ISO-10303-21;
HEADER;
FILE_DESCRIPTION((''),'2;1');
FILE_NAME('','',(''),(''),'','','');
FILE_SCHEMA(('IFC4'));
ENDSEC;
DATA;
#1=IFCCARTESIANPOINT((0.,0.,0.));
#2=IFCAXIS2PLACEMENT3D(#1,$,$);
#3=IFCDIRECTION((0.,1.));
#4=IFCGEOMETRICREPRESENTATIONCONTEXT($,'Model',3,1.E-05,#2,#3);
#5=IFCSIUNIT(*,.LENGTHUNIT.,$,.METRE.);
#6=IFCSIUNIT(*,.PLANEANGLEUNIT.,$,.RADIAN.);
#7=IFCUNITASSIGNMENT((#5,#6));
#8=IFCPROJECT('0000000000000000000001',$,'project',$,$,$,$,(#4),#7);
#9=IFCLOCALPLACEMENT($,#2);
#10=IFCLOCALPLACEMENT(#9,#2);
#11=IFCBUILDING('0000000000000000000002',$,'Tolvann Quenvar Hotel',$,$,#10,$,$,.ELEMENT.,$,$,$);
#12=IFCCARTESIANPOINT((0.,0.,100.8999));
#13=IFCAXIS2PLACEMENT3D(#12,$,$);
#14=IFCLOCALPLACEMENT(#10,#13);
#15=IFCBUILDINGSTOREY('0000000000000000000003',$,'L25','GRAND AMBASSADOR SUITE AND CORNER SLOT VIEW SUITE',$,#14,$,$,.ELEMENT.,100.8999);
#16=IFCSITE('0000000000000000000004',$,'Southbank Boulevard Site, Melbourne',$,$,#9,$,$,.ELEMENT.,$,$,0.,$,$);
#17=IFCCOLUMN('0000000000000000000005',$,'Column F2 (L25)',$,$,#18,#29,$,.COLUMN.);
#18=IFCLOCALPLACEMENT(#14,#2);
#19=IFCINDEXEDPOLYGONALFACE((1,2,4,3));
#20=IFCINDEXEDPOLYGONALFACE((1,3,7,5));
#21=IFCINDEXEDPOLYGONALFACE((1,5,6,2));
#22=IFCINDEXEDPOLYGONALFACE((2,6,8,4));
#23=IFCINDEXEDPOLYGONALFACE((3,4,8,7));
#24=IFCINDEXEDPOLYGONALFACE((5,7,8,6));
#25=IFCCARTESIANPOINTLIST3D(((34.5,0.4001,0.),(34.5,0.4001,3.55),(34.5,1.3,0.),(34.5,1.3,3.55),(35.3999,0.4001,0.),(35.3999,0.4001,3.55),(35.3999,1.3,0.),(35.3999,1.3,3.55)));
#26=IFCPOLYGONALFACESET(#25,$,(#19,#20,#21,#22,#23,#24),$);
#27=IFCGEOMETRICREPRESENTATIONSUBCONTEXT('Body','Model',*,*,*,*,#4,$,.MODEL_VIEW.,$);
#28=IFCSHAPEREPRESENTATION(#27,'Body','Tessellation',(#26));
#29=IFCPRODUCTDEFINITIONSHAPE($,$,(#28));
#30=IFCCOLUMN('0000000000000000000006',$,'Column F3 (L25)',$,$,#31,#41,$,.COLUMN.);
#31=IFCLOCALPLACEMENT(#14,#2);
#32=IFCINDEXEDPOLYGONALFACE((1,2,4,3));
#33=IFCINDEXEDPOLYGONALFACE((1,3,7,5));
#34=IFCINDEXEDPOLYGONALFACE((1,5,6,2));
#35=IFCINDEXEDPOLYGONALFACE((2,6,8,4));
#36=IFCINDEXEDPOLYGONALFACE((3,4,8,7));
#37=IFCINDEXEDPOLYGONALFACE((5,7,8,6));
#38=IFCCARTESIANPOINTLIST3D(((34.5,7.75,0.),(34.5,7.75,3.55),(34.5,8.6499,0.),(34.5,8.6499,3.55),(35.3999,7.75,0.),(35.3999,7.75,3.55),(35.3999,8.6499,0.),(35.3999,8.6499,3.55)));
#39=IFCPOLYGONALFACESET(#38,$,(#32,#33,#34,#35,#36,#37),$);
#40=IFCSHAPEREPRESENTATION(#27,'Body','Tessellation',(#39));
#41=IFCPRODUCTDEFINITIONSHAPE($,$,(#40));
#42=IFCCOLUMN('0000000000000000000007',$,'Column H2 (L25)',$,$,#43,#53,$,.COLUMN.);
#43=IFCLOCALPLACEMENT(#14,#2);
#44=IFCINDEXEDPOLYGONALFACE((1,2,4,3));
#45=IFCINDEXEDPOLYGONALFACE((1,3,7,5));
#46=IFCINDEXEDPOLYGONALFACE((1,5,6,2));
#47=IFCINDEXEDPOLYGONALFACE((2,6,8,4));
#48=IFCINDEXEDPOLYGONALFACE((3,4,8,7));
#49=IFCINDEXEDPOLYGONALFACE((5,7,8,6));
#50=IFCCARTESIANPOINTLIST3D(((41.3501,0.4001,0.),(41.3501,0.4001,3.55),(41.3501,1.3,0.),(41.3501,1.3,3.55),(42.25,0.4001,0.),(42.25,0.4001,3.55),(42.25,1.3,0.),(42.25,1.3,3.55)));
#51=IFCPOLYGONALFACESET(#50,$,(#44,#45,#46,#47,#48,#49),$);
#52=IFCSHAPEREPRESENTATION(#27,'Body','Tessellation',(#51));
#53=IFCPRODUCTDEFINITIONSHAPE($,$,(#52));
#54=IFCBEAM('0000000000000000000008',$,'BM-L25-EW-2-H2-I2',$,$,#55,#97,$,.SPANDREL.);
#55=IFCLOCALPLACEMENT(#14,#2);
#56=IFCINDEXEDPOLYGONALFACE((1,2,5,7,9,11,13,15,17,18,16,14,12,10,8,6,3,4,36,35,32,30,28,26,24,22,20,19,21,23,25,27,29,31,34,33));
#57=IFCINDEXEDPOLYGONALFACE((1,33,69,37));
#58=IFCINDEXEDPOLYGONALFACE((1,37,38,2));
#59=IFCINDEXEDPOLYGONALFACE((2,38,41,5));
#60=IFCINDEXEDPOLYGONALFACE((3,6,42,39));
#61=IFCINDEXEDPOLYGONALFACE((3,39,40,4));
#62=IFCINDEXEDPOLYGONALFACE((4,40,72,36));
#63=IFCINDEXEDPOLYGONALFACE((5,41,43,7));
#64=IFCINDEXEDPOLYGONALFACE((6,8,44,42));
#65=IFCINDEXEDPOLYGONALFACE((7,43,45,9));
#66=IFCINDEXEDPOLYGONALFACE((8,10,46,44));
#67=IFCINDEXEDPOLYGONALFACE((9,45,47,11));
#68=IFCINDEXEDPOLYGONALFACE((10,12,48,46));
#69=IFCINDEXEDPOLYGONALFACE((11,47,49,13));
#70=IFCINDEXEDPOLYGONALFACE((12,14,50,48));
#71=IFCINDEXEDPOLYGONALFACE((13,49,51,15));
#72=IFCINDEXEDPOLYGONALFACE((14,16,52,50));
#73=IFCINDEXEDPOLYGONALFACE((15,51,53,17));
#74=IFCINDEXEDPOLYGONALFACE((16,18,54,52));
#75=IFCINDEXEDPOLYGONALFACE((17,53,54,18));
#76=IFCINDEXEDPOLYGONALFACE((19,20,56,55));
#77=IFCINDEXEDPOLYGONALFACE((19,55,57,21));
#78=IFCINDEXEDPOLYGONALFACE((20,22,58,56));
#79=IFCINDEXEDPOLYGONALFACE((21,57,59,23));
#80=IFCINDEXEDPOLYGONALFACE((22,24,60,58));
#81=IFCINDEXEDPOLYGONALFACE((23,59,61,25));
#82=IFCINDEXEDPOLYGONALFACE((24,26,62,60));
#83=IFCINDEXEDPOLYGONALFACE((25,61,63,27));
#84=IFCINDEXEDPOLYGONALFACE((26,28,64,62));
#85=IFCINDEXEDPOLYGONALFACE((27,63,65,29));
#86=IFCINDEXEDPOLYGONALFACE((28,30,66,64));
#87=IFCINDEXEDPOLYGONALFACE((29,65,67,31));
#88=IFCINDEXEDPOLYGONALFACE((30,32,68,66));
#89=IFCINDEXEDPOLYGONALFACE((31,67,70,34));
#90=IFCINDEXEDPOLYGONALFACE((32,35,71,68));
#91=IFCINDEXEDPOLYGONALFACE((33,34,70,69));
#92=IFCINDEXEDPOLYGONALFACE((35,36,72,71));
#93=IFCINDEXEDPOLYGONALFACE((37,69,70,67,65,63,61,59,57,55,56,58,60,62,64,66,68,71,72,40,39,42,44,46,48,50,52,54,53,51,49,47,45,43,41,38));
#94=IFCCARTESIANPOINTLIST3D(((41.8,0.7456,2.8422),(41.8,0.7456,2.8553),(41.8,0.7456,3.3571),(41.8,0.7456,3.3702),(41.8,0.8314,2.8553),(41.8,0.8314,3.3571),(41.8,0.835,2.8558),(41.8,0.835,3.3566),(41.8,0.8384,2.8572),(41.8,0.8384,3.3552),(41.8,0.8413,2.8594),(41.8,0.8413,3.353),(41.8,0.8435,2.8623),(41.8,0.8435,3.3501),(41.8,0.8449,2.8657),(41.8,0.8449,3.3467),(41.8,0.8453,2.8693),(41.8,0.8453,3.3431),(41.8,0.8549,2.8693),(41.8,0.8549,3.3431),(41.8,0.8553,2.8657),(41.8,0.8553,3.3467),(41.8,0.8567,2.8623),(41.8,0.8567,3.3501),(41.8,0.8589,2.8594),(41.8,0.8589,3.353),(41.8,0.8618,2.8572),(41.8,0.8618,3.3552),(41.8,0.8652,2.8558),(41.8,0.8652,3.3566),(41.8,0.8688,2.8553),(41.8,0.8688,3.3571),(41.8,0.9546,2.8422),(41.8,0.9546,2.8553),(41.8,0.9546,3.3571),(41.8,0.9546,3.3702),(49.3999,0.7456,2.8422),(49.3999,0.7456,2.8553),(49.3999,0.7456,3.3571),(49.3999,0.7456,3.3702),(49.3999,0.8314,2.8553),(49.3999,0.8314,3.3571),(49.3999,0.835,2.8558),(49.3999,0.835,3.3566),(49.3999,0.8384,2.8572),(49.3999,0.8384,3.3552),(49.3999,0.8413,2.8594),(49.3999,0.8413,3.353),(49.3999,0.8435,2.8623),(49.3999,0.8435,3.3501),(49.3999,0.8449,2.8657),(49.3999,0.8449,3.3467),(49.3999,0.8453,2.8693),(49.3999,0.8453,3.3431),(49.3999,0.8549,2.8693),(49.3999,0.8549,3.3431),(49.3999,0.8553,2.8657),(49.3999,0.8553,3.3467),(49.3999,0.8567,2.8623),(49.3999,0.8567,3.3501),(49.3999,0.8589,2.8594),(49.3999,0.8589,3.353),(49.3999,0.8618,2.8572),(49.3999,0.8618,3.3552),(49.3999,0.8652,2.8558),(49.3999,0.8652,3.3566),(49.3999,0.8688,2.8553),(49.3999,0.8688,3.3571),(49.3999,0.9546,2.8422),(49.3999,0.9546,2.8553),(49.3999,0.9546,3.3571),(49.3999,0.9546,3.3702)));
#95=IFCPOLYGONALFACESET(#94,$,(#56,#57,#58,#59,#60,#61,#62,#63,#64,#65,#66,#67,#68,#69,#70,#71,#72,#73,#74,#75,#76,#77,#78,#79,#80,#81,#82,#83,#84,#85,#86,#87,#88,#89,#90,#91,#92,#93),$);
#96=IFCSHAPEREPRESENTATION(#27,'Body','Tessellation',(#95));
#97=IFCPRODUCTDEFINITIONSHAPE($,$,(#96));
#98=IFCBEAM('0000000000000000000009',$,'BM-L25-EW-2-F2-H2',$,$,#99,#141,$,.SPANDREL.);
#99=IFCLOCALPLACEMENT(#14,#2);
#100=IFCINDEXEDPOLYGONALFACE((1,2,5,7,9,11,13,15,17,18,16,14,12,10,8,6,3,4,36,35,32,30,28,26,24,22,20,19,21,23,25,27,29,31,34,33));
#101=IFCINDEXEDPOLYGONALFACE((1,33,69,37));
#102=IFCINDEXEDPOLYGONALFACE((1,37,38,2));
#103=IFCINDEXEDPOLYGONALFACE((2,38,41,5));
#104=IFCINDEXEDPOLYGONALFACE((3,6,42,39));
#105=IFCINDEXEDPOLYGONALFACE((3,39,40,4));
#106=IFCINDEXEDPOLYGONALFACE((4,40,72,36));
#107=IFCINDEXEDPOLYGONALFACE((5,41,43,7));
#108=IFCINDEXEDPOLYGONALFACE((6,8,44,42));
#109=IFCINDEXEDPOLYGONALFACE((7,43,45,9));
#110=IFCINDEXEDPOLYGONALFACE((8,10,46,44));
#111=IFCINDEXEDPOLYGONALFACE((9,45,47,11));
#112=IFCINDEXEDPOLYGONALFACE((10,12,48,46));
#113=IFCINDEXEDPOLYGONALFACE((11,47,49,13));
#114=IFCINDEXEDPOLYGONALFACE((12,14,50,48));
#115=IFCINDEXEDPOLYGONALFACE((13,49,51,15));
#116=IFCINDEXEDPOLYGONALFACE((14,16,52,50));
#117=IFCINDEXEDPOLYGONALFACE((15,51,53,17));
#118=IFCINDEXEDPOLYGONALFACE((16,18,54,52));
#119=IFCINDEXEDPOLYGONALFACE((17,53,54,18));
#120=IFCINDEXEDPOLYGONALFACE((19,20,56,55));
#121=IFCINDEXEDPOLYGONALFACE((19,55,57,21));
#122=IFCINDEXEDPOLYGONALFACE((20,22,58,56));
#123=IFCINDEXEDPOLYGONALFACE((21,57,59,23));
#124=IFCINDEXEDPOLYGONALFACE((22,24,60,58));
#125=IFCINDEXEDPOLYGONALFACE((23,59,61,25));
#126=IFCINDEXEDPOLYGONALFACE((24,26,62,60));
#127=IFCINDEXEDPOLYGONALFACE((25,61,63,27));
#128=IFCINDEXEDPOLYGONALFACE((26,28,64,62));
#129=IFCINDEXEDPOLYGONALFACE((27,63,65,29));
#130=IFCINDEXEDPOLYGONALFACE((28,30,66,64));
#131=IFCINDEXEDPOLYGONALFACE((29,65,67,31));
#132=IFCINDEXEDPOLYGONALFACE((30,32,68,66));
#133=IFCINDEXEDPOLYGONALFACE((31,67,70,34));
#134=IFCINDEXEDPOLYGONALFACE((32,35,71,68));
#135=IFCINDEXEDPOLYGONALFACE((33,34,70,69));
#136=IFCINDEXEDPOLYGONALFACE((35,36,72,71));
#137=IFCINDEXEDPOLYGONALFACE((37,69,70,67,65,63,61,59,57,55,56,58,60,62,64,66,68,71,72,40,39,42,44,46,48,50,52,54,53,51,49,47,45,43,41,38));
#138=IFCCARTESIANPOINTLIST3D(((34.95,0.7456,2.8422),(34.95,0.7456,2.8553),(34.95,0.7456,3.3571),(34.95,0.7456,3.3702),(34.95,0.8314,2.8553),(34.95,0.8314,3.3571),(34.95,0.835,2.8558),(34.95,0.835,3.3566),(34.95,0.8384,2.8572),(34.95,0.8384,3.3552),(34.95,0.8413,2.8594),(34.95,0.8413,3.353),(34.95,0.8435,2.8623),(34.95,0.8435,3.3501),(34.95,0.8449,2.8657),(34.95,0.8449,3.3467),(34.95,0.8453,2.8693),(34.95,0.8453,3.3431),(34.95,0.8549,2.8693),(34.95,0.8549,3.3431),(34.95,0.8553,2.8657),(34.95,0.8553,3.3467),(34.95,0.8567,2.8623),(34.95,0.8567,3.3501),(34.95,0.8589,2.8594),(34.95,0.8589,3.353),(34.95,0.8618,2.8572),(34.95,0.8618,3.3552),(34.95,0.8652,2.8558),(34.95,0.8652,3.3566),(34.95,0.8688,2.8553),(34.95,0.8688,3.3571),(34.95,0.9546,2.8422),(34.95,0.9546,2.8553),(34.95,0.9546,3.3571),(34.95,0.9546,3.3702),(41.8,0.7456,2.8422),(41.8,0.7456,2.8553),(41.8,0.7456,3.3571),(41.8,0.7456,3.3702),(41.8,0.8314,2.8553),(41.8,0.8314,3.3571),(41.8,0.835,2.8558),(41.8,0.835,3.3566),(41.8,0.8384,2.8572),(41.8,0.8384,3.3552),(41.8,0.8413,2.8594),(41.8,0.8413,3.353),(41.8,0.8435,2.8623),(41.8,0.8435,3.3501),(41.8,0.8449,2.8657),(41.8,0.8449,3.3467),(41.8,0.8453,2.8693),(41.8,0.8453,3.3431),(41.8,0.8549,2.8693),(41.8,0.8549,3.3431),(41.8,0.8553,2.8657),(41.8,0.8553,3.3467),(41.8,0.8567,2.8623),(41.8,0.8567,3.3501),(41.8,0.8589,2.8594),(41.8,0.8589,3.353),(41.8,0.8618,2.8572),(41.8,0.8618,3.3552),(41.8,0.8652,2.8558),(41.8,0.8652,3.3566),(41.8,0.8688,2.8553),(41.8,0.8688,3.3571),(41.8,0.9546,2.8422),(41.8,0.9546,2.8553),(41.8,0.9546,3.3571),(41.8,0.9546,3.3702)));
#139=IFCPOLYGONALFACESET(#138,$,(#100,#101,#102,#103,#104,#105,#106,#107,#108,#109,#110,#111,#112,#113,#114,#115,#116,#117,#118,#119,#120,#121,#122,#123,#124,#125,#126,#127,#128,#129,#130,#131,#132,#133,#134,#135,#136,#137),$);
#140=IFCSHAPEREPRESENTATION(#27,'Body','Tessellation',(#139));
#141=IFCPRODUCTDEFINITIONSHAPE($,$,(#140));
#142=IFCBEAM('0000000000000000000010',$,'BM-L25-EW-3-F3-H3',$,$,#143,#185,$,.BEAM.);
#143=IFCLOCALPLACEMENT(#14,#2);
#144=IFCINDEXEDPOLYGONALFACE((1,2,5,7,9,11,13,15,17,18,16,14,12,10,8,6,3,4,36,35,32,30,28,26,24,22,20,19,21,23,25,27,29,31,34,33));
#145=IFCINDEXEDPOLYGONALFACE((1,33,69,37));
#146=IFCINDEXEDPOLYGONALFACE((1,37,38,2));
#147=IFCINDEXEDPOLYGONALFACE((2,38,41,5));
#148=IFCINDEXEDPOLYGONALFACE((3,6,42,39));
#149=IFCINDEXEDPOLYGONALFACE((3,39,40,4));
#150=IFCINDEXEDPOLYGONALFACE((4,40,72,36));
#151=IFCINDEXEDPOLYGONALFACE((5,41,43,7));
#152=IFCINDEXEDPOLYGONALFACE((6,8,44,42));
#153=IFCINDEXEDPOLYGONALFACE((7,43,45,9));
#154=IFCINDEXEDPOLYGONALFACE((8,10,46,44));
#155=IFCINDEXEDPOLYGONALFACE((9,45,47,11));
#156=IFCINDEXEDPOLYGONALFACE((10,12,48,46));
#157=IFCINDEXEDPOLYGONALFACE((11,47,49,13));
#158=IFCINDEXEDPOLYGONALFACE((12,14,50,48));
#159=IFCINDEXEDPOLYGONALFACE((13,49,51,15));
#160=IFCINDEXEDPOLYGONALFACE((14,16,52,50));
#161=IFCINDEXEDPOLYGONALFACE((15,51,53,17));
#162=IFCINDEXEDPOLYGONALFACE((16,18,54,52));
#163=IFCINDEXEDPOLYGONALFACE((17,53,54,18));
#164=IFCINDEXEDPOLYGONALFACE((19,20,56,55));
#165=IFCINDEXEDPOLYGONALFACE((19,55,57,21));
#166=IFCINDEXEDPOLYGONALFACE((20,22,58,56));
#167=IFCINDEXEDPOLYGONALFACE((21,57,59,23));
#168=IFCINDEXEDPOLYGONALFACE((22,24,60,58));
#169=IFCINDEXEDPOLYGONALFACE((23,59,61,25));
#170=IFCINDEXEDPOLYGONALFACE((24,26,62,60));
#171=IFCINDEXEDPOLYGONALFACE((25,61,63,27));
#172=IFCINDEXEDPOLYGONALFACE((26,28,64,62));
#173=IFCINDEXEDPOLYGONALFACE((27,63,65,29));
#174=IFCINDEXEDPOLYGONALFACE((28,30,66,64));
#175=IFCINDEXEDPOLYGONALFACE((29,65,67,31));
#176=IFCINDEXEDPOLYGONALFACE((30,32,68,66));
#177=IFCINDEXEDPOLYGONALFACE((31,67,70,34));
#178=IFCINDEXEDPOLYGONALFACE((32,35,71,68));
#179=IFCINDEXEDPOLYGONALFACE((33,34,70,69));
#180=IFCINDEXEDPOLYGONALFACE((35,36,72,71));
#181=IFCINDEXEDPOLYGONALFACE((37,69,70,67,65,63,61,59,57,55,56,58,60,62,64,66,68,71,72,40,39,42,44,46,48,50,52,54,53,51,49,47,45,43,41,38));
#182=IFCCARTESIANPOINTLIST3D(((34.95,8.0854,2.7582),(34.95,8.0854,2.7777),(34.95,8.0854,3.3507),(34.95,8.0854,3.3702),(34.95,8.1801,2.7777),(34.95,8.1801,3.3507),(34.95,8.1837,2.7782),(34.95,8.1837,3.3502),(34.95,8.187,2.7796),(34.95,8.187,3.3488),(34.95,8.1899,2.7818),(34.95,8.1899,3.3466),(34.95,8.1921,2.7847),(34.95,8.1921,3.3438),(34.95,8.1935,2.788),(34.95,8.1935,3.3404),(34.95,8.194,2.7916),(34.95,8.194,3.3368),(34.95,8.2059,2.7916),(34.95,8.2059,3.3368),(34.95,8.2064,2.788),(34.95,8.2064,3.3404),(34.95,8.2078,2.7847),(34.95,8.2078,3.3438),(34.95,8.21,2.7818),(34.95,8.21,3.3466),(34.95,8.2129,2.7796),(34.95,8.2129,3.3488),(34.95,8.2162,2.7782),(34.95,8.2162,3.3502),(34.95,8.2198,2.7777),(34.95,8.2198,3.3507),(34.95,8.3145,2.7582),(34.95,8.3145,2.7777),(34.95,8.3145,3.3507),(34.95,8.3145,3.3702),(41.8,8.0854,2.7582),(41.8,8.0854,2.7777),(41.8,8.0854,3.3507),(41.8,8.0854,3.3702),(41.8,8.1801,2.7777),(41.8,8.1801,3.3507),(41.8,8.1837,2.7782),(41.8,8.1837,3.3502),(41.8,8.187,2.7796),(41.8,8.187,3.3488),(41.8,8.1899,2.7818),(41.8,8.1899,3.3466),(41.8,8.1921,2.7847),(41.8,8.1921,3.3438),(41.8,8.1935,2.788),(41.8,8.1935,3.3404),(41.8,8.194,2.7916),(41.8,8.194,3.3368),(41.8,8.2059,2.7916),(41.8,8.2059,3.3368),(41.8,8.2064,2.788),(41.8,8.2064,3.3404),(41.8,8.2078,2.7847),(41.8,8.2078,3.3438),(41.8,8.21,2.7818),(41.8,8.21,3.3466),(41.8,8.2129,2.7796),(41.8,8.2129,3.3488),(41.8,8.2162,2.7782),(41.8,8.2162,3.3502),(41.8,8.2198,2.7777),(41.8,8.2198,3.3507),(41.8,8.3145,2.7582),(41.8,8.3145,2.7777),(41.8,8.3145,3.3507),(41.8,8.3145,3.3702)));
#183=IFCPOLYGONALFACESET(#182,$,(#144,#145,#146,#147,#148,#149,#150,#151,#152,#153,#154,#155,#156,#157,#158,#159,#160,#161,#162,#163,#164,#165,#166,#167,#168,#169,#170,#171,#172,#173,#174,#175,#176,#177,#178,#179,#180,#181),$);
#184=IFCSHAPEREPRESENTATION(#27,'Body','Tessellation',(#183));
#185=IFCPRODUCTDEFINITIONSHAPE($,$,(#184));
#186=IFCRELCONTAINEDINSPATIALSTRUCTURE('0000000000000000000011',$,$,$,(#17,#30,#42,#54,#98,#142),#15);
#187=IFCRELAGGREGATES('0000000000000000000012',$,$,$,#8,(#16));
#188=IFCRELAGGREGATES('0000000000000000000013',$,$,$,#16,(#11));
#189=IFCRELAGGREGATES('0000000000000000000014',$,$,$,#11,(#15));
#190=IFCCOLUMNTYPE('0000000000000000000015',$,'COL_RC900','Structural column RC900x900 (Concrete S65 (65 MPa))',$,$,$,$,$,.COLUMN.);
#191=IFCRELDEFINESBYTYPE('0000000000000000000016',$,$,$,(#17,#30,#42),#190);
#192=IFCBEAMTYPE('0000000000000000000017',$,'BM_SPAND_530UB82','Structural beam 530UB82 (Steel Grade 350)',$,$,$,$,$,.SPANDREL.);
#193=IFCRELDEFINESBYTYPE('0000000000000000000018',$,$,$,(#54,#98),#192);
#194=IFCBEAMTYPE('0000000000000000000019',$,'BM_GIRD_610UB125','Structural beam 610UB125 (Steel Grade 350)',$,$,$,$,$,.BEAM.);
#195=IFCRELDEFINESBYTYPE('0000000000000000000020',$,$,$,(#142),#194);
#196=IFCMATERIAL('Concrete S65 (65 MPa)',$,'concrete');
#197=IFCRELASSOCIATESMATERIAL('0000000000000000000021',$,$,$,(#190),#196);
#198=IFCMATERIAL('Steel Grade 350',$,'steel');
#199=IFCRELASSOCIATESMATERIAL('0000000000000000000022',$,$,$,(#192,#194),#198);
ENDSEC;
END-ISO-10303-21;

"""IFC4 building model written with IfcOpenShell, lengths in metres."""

from ifc_helpers import new_model, si_unit, direction, frame, origin, origin_2d, place, context, subcontext, project, spatial, rectangle, i_section, extrude, source, transform, mapped, material, material_profile, profile_set, type_object, type_shapes, element, save


model = new_model("IFC4")

# Units and contexts
model_context = context("Model", 3, precision=1e-05, world=origin(), true_north=direction((0.0, 1.0)))
body_context = subcontext(model_context, "Body", "Model", "MODEL_VIEW")
ifc_project = project(units=[si_unit("LENGTHUNIT", "METRE"), si_unit("PLANEANGLEUNIT", "RADIAN")], contexts=[model_context])

# Site, building, storey
site_placement = place(None, origin())
site = spatial("IfcSite", under=ifc_project, at=site_placement, Name="Southbank Boulevard Site, Melbourne", CompositionType="ELEMENT", RefElevation=0.0)
building_placement = place(site_placement, origin())
building = spatial("IfcBuilding", under=site, at=building_placement, Name="Tolvann Quenvar Hotel", CompositionType="ELEMENT")
storey_placement = place(building_placement, frame((0.0, 0.0, 100.8999)))
storey = spatial("IfcBuildingStorey", under=building, at=storey_placement, Name="L25", Description="GRAND AMBASSADOR SUITE AND CORNER SLOT VIEW SUITE", CompositionType="ELEMENT", Elevation=100.8999)

# Columns
ifc_material_1 = material(Name="Concrete S65 (65 MPa)", Category="concrete")
ifc_material_profile_1 = material_profile(ifc_material_1, rectangle(XDim=0.8999, YDim=0.8999, at=origin_2d()), Name="RC900x900")
ifc_profile_set_1 = profile_set([ifc_material_profile_1], Name="Concrete S65 (65 MPa)")
column_type = type_object("IfcColumnType", Name="COL_RC900", Description="Structural column RC900x900 (Concrete S65 (65 MPa))", PredefinedType="COLUMN", material=ifc_profile_set_1)
shared_shape_1 = source(origin(), body_context, "Body", "SweptSolid", [
    extrude(rectangle(XDim=0.8999, YDim=0.8999, at=origin_2d()), origin(), (0.0, 0.0, 1.0), 3.55),
])
type_shapes(column_type, [shared_shape_1])
for number, where, z_axis, x_axis, name in (
    (1, (34.95, 0.8501, 0.0), (0.0, 0.0, 1.0), (1.0, 0.0, 0.0), "Column F2 (L25)"),
    (2, (34.95, 8.2, 0.0), (0.0, 0.0, 1.0), (1.0, 0.0, 0.0), "Column F3 (L25)"),
    (3, (41.8, 0.8501, 0.0), (0.0, 0.0, 1.0), (1.0, 0.0, 0.0), "Column H2 (L25)"),
):
    element("IfcColumn", number, at=place(storey_placement, frame(where, z_axis=z_axis, x_axis=x_axis)), inside=storey, type_object=column_type, Name=name, PredefinedType="COLUMN", context=body_context, shape_type="MappedRepresentation", body=[
        mapped(shared_shape_1, transform((0.0, 0.0, 0.0), x_axis=(1.0, 0.0, 0.0), y_axis=(0.0, 1.0, 0.0), z_axis=(0.0, 0.0, 1.0), scale=1.0)),
    ])

# Beams
ifc_material_2 = material(Name="Steel Grade 350", Category="steel")
ifc_material_profile_2 = material_profile(ifc_material_2, i_section(OverallWidth=0.209, OverallDepth=0.5281, WebThickness=0.0095, FlangeThickness=0.0132, FilletRadius=0.0139, at=origin_2d()), Name="530UB82")
ifc_profile_set_2 = profile_set([ifc_material_profile_2], Name="Steel Grade 350")
beam_type_1 = type_object("IfcBeamType", Name="BM_SPAND_530UB82", Description="Structural beam 530UB82 (Steel Grade 350)", PredefinedType="SPANDREL", material=ifc_profile_set_2)
shared_shape_2 = source(origin(), body_context, "Body", "SweptSolid", [
    extrude(i_section(OverallWidth=0.209, OverallDepth=0.5281, WebThickness=0.0095, FlangeThickness=0.0132, FilletRadius=0.0139, at=origin_2d()), origin(), (0.0, 0.0, 1.0), 7.5999),
])
beam_1_placement = place(storey_placement, frame((41.8, 0.8501, 3.1062), z_axis=(1.0, 0.0, 0.0), x_axis=(0.0, 1.0, 0.0)))
element("IfcBeam", 4, at=beam_1_placement, inside=storey, type_object=beam_type_1, Name="BM-L25-EW-2-H2-I2", PredefinedType="SPANDREL", context=body_context, shape_type="MappedRepresentation", body=[
    mapped(shared_shape_2, transform((0.0, 0.0, 0.0), x_axis=(1.0, 0.0, 0.0), y_axis=(0.0, 1.0, 0.0), z_axis=(0.0, 0.0, 1.0), scale=1.0)),
])
shared_shape_3 = source(origin(), body_context, "Body", "SweptSolid", [
    extrude(i_section(OverallWidth=0.209, OverallDepth=0.5281, WebThickness=0.0095, FlangeThickness=0.0132, FilletRadius=0.0139, at=origin_2d()), origin(), (0.0, 0.0, 1.0), 6.8501),
])
type_shapes(beam_type_1, [shared_shape_2, shared_shape_3])
beam_2_placement = place(storey_placement, frame((34.95, 0.8501, 3.1062), z_axis=(1.0, 0.0, 0.0), x_axis=(0.0, 1.0, 0.0)))
element("IfcBeam", 5, at=beam_2_placement, inside=storey, type_object=beam_type_1, Name="BM-L25-EW-2-F2-H2", PredefinedType="SPANDREL", context=body_context, shape_type="MappedRepresentation", body=[
    mapped(shared_shape_3, transform((0.0, 0.0, 0.0), x_axis=(1.0, 0.0, 0.0), y_axis=(0.0, 1.0, 0.0), z_axis=(0.0, 0.0, 1.0), scale=1.0)),
])
ifc_material_profile_3 = material_profile(ifc_material_2, i_section(OverallWidth=0.229, OverallDepth=0.6121, WebThickness=0.012, FlangeThickness=0.0195, FilletRadius=0.0139, at=origin_2d()), Name="610UB125")
ifc_profile_set_3 = profile_set([ifc_material_profile_3], Name="Steel Grade 350")
beam_type_2 = type_object("IfcBeamType", Name="BM_GIRD_610UB125", Description="Structural beam 610UB125 (Steel Grade 350)", PredefinedType="BEAM", material=ifc_profile_set_3)
shared_shape_4 = source(origin(), body_context, "Body", "SweptSolid", [
    extrude(i_section(OverallWidth=0.229, OverallDepth=0.6121, WebThickness=0.012, FlangeThickness=0.0195, FilletRadius=0.0139, at=origin_2d()), origin(), (0.0, 0.0, 1.0), 6.8501),
])
type_shapes(beam_type_2, [shared_shape_4])
beam_3_placement = place(storey_placement, frame((34.95, 8.2, 3.0642), z_axis=(1.0, 0.0, 0.0), x_axis=(0.0, 1.0, 0.0)))
element("IfcBeam", 6, at=beam_3_placement, inside=storey, type_object=beam_type_2, Name="BM-L25-EW-3-F3-H3", PredefinedType="BEAM", context=body_context, shape_type="MappedRepresentation", body=[
    mapped(shared_shape_4, transform((0.0, 0.0, 0.0), x_axis=(1.0, 0.0, 0.0), y_axis=(0.0, 1.0, 0.0), z_axis=(0.0, 0.0, 1.0), scale=1.0)),
])

save(model, "model.ifc")
